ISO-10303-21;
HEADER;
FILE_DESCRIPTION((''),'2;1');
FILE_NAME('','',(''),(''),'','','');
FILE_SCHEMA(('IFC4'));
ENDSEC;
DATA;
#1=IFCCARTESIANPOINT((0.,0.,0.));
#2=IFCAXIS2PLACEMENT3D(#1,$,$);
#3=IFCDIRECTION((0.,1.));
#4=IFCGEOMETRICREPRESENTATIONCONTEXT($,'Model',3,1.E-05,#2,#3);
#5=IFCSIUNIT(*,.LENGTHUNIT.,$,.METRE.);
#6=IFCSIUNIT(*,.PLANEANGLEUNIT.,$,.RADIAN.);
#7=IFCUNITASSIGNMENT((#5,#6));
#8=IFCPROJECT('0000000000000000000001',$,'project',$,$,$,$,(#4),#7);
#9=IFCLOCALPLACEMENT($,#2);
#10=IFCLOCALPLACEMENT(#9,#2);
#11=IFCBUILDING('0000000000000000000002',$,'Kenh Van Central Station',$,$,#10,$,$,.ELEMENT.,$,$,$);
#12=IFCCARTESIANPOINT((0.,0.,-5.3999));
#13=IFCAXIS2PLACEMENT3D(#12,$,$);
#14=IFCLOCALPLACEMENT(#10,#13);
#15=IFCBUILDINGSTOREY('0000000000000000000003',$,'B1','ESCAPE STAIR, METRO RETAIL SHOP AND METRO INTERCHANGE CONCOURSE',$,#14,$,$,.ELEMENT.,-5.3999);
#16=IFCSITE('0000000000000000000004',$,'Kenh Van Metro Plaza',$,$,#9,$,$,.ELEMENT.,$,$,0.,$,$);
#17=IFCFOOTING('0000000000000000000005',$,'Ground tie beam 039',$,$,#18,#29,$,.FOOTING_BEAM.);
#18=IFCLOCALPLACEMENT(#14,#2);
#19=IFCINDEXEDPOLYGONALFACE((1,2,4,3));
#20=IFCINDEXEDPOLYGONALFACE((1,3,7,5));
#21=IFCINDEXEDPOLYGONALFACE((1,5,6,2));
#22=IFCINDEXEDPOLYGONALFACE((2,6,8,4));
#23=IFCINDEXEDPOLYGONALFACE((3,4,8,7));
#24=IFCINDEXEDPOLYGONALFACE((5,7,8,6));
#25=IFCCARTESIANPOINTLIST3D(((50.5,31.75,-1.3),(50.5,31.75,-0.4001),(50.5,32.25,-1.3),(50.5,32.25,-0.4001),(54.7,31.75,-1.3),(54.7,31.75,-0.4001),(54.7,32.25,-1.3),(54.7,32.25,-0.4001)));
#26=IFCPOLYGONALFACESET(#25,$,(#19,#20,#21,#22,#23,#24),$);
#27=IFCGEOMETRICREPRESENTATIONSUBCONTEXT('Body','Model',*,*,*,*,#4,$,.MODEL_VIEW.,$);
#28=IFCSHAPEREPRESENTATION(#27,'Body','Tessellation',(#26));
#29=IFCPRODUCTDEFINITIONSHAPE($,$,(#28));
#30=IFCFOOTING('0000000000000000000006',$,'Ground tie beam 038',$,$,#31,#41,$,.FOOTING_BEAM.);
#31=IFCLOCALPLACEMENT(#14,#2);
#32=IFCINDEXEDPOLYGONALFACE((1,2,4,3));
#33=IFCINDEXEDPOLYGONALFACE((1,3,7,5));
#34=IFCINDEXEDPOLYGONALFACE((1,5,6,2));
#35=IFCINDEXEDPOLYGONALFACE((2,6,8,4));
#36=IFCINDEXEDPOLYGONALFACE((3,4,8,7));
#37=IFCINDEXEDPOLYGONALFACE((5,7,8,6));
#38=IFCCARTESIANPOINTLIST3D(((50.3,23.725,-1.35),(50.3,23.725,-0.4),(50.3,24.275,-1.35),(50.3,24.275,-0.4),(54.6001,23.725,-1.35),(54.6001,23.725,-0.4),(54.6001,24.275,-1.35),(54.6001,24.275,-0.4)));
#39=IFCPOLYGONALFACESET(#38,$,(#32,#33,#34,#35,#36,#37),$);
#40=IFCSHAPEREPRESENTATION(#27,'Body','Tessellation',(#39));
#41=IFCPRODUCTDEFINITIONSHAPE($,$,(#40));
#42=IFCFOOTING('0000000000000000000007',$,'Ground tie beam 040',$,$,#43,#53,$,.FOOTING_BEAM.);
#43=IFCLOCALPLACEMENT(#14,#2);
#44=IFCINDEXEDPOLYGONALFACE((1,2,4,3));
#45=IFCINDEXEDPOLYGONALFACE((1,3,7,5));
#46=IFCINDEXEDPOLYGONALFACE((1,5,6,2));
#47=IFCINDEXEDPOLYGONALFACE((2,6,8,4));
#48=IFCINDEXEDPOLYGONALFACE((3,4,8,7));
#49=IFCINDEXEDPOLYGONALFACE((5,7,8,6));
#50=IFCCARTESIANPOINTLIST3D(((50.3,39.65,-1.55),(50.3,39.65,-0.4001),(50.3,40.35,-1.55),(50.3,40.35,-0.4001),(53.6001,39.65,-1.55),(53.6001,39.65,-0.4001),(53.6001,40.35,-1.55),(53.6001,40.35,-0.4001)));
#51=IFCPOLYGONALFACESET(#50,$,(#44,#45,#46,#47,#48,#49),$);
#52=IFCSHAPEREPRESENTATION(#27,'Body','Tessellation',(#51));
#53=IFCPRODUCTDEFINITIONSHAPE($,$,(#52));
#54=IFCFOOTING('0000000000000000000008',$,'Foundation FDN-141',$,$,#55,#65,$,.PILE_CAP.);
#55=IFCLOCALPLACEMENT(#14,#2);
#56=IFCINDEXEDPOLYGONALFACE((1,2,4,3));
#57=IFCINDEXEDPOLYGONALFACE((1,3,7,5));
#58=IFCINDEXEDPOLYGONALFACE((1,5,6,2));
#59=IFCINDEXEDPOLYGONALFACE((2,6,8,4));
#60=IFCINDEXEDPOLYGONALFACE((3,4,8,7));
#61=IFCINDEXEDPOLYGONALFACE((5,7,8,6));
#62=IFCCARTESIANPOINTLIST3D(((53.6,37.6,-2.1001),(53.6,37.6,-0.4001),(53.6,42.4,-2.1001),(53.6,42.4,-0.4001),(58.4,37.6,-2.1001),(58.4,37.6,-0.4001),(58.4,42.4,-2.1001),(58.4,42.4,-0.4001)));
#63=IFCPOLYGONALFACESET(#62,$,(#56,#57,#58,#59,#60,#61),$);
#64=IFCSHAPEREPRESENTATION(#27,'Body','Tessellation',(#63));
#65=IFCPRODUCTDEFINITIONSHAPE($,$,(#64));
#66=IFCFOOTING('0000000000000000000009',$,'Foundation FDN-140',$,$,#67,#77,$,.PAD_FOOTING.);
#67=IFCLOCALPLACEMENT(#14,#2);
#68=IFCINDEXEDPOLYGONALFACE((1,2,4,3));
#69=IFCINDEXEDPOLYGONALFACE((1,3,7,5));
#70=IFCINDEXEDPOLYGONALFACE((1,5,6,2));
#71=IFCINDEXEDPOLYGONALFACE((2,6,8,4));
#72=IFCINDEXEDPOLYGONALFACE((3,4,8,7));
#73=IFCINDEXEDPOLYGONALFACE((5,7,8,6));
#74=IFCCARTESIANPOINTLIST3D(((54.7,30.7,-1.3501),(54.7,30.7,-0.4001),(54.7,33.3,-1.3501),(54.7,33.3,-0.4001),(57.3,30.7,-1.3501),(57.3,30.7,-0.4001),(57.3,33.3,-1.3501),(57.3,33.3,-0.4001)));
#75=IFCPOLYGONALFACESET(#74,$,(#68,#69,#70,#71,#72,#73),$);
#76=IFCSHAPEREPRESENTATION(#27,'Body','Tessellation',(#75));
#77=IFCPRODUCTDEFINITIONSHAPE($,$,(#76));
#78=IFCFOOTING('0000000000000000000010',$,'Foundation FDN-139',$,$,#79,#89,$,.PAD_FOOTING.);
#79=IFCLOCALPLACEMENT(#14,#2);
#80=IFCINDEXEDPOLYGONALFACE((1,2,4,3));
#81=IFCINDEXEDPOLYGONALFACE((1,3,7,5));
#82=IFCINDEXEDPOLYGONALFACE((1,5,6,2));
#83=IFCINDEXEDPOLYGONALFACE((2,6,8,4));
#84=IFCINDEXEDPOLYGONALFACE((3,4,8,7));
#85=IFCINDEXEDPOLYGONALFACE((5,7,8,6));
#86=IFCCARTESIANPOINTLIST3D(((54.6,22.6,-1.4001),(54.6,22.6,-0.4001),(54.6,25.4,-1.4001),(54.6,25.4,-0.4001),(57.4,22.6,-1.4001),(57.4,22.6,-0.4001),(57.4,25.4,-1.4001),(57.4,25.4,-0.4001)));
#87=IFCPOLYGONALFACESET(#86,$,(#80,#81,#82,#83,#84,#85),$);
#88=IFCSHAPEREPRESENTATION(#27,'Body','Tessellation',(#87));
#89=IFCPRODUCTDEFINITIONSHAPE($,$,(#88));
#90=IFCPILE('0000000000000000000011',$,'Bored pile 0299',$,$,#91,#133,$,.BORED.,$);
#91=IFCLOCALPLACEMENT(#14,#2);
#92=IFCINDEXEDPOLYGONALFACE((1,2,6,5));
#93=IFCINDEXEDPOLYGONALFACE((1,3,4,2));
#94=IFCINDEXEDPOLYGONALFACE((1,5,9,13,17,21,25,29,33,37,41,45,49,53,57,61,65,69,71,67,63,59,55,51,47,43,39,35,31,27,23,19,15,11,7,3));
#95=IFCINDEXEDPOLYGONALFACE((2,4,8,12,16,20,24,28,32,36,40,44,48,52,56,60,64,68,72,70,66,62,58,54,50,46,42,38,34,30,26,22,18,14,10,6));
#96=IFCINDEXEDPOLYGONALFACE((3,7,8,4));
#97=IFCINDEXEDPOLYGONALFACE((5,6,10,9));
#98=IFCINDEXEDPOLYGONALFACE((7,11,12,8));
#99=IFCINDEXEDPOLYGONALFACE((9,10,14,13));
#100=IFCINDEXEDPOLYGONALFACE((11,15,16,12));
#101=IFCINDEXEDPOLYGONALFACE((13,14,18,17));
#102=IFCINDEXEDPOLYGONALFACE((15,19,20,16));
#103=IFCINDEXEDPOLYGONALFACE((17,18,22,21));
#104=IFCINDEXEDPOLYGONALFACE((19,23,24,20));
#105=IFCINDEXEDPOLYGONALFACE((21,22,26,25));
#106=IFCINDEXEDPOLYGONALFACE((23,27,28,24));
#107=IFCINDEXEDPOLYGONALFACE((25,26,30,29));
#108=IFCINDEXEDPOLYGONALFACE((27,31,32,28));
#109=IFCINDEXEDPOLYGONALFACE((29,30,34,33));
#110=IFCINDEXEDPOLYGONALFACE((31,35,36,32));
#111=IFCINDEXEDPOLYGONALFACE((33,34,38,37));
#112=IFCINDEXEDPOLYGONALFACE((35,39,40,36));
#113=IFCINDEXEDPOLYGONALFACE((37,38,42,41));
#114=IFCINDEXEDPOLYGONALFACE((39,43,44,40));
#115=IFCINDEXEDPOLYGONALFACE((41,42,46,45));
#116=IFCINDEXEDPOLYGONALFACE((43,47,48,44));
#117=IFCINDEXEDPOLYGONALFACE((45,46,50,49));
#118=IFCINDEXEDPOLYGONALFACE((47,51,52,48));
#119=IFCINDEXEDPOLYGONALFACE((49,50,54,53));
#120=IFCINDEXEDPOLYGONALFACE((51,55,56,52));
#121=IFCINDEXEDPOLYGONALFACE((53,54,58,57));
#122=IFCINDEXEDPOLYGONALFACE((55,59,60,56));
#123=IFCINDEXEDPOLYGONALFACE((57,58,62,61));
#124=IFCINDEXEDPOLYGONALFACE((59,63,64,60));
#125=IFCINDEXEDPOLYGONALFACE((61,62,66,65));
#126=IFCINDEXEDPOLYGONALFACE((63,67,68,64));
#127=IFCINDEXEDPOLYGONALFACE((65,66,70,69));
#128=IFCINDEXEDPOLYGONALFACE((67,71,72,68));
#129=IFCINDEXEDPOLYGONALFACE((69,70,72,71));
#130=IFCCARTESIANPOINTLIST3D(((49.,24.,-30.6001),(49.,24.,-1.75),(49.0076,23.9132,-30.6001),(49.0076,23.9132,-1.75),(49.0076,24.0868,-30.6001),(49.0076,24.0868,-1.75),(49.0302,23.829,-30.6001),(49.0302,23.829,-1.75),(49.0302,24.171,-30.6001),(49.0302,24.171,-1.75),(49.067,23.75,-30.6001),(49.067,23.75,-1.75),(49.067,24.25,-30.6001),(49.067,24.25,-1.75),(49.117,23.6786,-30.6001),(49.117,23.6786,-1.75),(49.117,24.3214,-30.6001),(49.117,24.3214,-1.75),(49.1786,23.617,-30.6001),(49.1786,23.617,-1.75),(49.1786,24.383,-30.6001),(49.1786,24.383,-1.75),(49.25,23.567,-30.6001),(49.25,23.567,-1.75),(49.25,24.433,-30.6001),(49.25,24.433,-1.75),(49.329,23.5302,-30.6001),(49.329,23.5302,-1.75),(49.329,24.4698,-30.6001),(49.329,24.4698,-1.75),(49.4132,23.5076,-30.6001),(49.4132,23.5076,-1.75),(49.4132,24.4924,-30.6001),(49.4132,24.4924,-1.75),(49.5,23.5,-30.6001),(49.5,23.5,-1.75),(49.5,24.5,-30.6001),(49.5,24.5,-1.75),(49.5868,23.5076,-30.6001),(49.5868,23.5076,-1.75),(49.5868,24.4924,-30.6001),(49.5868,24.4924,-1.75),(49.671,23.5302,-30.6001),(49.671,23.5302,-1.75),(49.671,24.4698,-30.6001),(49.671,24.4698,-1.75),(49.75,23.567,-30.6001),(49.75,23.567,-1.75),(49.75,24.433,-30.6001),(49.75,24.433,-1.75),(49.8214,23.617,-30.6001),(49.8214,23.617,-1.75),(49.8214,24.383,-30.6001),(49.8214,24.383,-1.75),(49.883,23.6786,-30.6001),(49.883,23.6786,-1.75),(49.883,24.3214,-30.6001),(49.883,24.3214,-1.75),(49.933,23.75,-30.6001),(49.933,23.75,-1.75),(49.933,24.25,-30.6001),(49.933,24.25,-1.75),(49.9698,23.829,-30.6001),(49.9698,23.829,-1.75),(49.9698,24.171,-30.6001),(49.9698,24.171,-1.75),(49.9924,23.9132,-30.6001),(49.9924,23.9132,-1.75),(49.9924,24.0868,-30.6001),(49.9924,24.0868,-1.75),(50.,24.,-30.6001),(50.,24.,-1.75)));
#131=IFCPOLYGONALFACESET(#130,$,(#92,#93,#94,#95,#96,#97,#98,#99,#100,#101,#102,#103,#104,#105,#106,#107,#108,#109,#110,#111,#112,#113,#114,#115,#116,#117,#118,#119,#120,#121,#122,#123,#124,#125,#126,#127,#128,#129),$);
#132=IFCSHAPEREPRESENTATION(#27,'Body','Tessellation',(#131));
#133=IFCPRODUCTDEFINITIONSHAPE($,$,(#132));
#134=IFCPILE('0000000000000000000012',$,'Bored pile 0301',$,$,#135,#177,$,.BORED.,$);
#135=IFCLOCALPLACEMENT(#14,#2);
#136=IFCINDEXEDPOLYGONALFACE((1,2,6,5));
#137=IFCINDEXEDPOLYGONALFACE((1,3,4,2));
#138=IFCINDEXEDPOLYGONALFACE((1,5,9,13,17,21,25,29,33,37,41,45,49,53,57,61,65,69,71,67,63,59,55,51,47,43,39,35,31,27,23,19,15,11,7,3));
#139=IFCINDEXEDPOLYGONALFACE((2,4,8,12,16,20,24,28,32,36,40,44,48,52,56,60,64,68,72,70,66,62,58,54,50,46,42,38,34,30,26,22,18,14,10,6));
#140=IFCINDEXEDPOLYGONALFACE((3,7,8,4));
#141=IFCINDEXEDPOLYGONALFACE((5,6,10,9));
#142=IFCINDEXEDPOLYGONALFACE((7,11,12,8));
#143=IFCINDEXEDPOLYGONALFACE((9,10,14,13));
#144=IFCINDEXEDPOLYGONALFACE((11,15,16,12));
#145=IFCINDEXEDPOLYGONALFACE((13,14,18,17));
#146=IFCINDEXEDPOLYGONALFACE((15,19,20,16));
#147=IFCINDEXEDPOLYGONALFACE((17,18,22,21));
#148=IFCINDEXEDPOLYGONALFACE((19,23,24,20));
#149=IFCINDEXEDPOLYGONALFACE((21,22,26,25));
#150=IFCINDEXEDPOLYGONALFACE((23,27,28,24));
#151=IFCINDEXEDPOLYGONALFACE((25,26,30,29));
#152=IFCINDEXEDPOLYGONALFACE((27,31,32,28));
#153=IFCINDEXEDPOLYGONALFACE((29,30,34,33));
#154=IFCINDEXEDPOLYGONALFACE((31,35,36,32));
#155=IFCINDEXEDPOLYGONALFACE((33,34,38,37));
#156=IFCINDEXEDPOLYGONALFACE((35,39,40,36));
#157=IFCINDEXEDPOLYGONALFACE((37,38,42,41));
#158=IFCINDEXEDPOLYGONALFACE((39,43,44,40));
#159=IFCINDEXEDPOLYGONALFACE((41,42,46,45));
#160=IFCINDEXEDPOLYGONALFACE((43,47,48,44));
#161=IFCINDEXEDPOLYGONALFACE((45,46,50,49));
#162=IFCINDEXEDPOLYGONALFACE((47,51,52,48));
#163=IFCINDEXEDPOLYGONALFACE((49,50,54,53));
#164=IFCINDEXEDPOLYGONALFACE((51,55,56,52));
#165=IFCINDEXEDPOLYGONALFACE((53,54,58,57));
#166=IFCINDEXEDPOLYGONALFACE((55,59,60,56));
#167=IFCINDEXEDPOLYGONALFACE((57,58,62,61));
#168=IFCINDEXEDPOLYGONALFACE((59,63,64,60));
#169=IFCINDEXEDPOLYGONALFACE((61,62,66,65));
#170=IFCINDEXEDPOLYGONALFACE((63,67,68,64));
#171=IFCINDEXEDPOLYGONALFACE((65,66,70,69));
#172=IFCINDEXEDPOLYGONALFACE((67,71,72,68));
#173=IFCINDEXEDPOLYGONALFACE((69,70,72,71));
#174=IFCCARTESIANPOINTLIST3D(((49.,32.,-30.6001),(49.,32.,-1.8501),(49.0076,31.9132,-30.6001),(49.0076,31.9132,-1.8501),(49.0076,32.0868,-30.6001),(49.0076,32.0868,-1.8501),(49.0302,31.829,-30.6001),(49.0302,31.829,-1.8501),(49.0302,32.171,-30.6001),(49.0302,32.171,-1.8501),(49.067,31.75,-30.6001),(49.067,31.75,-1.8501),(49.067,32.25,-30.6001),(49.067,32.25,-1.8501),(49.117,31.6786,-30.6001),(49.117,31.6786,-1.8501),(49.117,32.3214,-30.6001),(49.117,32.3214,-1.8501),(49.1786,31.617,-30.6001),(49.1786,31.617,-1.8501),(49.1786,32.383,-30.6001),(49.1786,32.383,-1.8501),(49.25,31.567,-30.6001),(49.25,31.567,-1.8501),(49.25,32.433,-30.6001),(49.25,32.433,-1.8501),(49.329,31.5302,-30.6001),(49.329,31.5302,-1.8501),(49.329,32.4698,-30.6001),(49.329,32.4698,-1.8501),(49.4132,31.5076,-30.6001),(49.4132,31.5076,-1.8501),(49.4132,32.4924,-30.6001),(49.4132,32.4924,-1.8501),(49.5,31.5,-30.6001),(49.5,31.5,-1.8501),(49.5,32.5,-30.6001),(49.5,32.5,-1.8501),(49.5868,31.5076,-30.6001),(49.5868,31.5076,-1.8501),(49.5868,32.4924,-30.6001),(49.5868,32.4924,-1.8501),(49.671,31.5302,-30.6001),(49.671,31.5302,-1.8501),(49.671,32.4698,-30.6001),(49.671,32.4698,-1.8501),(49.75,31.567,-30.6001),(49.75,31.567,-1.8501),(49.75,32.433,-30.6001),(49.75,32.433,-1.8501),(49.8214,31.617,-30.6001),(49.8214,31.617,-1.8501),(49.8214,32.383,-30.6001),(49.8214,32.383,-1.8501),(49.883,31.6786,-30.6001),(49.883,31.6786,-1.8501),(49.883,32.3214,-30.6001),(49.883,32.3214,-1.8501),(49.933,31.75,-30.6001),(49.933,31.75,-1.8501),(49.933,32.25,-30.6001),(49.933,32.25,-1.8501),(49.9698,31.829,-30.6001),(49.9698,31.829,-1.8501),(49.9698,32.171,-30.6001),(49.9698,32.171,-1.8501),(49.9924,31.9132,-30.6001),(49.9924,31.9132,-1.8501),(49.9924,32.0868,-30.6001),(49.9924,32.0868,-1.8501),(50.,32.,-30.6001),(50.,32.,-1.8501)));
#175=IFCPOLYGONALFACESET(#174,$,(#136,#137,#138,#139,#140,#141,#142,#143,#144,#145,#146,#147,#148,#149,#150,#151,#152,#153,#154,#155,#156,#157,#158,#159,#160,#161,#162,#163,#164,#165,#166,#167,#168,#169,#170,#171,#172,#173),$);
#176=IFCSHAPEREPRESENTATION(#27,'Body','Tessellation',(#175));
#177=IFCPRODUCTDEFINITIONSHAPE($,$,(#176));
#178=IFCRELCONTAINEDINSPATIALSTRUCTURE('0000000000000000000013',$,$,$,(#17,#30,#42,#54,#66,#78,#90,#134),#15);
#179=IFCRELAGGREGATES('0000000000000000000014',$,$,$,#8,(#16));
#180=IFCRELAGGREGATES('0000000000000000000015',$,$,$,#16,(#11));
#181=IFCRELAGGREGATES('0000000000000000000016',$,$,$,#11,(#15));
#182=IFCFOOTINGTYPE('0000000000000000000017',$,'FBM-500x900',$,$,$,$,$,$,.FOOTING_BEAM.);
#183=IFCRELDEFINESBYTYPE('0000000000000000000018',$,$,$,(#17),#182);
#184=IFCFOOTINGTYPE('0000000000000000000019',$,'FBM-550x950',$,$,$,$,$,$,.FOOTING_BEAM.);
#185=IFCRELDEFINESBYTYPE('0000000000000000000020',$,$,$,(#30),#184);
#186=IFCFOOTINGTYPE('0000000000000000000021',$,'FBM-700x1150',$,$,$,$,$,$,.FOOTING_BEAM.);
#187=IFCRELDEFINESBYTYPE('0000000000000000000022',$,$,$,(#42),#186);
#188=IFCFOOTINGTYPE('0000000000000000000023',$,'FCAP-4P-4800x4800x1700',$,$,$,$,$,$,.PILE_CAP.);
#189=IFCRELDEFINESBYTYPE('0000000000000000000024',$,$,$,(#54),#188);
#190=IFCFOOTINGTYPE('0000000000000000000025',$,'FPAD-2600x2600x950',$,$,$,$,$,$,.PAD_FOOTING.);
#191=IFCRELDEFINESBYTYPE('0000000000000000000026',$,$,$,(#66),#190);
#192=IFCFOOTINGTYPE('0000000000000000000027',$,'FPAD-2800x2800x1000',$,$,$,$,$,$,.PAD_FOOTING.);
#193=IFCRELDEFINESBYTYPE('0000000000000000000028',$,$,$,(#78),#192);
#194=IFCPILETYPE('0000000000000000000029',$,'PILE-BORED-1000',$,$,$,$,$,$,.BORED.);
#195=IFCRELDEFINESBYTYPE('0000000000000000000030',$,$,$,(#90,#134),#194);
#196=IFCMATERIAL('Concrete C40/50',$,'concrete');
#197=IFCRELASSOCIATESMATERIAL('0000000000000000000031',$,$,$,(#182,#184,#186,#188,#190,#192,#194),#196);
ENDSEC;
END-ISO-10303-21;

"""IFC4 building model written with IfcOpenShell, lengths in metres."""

from ifc_helpers import new_model, si_unit, direction, frame, origin, origin_2d, place, context, subcontext, project, spatial, rectangle, circle, extrude, material, material_profile, profile_set, type_object, element, save


model = new_model("IFC4")

# Units and contexts
model_context = context("Model", 3, precision=1e-05, world=origin(), true_north=direction((0.0, 1.0)))
body_context = subcontext(model_context, "Body", "Model", "MODEL_VIEW")
ifc_project = project(units=[si_unit("LENGTHUNIT", "METRE"), si_unit("PLANEANGLEUNIT", "RADIAN")], contexts=[model_context])

# Site, building, storey
site_placement = place(None, origin())
site = spatial("IfcSite", under=ifc_project, at=site_placement, Name="Kenh Van Metro Plaza", CompositionType="ELEMENT", RefElevation=0.0)
building_placement = place(site_placement, origin())
building = spatial("IfcBuilding", under=site, at=building_placement, Name="Kenh Van Central Station", CompositionType="ELEMENT")
storey_placement = place(building_placement, frame((0.0, 0.0, -5.3999)))
storey = spatial("IfcBuildingStorey", under=building, at=storey_placement, Name="B1", Description="ESCAPE STAIR, METRO RETAIL SHOP AND METRO INTERCHANGE CONCOURSE", CompositionType="ELEMENT", Elevation=-5.3999)

# Footings
ifc_material_1 = material(Name="Concrete C40/50", Category="concrete")
ifc_material_profile_1 = material_profile(ifc_material_1, rectangle(XDim=0.5, YDim=0.8999, at=origin_2d()), Name="RC 500x900")
ifc_profile_set_1 = profile_set([ifc_material_profile_1], Name="Concrete C40/50")
footing_type_1 = type_object("IfcFootingType", Name="FBM-500x900", PredefinedType="FOOTING_BEAM", material=ifc_profile_set_1)
footing_1_placement = place(storey_placement, frame((50.5, 32.0, -0.8501), z_axis=(1.0, 0.0, 0.0), x_axis=(0.0, 1.0, 0.0)))
element("IfcFooting", 1, at=footing_1_placement, inside=storey, type_object=footing_type_1, Name="Ground tie beam 039", PredefinedType="FOOTING_BEAM", context=body_context, shape_type="SweptSolid", body=[
    extrude(rectangle(XDim=0.5, YDim=0.8999, at=origin_2d()), origin(), (0.0, 0.0, 1.0), 4.2),
])
ifc_material_profile_2 = material_profile(ifc_material_1, rectangle(XDim=0.55, YDim=0.95, at=origin_2d()), Name="RC 550x950")
ifc_profile_set_2 = profile_set([ifc_material_profile_2], Name="Concrete C40/50")
footing_type_2 = type_object("IfcFootingType", Name="FBM-550x950", PredefinedType="FOOTING_BEAM", material=ifc_profile_set_2)
footing_2_placement = place(storey_placement, frame((50.3, 24.0, -0.875), z_axis=(1.0, 0.0, 0.0), x_axis=(0.0, 1.0, 0.0)))
element("IfcFooting", 2, at=footing_2_placement, inside=storey, type_object=footing_type_2, Name="Ground tie beam 038", PredefinedType="FOOTING_BEAM", context=body_context, shape_type="SweptSolid", body=[
    extrude(rectangle(XDim=0.55, YDim=0.95, at=origin_2d()), origin(), (0.0, 0.0, 1.0), 4.3),
])
ifc_material_profile_3 = material_profile(ifc_material_1, rectangle(XDim=0.7, YDim=1.1499, at=origin_2d()), Name="RC 700x1150")
ifc_profile_set_3 = profile_set([ifc_material_profile_3], Name="Concrete C40/50")
footing_type_3 = type_object("IfcFootingType", Name="FBM-700x1150", PredefinedType="FOOTING_BEAM", material=ifc_profile_set_3)
footing_3_placement = place(storey_placement, frame((50.3, 40.0, -0.9751), z_axis=(1.0, 0.0, 0.0), x_axis=(0.0, 1.0, 0.0)))
element("IfcFooting", 3, at=footing_3_placement, inside=storey, type_object=footing_type_3, Name="Ground tie beam 040", PredefinedType="FOOTING_BEAM", context=body_context, shape_type="SweptSolid", body=[
    extrude(rectangle(XDim=0.7, YDim=1.1499, at=origin_2d()), origin(), (0.0, 0.0, 1.0), 3.3),
])
footing_type_4 = type_object("IfcFootingType", Name="FCAP-4P-4800x4800x1700", PredefinedType="PILE_CAP", material=ifc_material_1)
footing_4_placement = place(storey_placement, frame((56.0, 40.0, -2.1001), z_axis=(0.0, 0.0, 1.0), x_axis=(1.0, 0.0, 0.0)))
element("IfcFooting", 4, at=footing_4_placement, inside=storey, type_object=footing_type_4, Name="Foundation FDN-141", PredefinedType="PILE_CAP", context=body_context, shape_type="SweptSolid", body=[
    extrude(rectangle(XDim=4.8, YDim=4.8, at=origin_2d()), origin(), (0.0, 0.0, 1.0), 1.7),
])
footing_type_5 = type_object("IfcFootingType", Name="FPAD-2600x2600x950", PredefinedType="PAD_FOOTING", material=ifc_material_1)
footing_5_placement = place(storey_placement, frame((56.0, 32.0, -1.3501), z_axis=(0.0, 0.0, 1.0), x_axis=(1.0, 0.0, 0.0)))
element("IfcFooting", 5, at=footing_5_placement, inside=storey, type_object=footing_type_5, Name="Foundation FDN-140", PredefinedType="PAD_FOOTING", context=body_context, shape_type="SweptSolid", body=[
    extrude(rectangle(XDim=2.6001, YDim=2.6001, at=origin_2d()), origin(), (0.0, 0.0, 1.0), 0.95),
])
footing_type_6 = type_object("IfcFootingType", Name="FPAD-2800x2800x1000", PredefinedType="PAD_FOOTING", material=ifc_material_1)
footing_6_placement = place(storey_placement, frame((56.0, 24.0, -1.4001), z_axis=(0.0, 0.0, 1.0), x_axis=(1.0, 0.0, 0.0)))
element("IfcFooting", 6, at=footing_6_placement, inside=storey, type_object=footing_type_6, Name="Foundation FDN-139", PredefinedType="PAD_FOOTING", context=body_context, shape_type="SweptSolid", body=[
    extrude(rectangle(XDim=2.8, YDim=2.8, at=origin_2d()), origin(), (0.0, 0.0, 1.0), 1.0),
])

# Piles
ifc_material_profile_4 = material_profile(ifc_material_1, circle(Radius=0.5, at=origin_2d()), Name="PILE D1000")
ifc_profile_set_4 = profile_set([ifc_material_profile_4], Name="Concrete C40/50")
pile_type = type_object("IfcPileType", Name="PILE-BORED-1000", PredefinedType="BORED", material=ifc_profile_set_4)
pile_1_placement = place(storey_placement, frame((49.5, 24.0, -1.75), z_axis=(0.0, 0.0, -1.0), x_axis=(1.0, 0.0, 0.0)))
element("IfcPile", 7, at=pile_1_placement, inside=storey, type_object=pile_type, Name="Bored pile 0299", PredefinedType="BORED", context=body_context, shape_type="SweptSolid", body=[
    extrude(circle(Radius=0.5, at=origin_2d()), origin(), (0.0, 0.0, 1.0), 28.8501),
])
pile_2_placement = place(storey_placement, frame((49.5, 32.0, -1.8501), z_axis=(0.0, 0.0, -1.0), x_axis=(1.0, 0.0, 0.0)))
element("IfcPile", 8, at=pile_2_placement, inside=storey, type_object=pile_type, Name="Bored pile 0301", PredefinedType="BORED", context=body_context, shape_type="SweptSolid", body=[
    extrude(circle(Radius=0.5, at=origin_2d()), origin(), (0.0, 0.0, 1.0), 28.75),
])

save(model, "model.ifc")
